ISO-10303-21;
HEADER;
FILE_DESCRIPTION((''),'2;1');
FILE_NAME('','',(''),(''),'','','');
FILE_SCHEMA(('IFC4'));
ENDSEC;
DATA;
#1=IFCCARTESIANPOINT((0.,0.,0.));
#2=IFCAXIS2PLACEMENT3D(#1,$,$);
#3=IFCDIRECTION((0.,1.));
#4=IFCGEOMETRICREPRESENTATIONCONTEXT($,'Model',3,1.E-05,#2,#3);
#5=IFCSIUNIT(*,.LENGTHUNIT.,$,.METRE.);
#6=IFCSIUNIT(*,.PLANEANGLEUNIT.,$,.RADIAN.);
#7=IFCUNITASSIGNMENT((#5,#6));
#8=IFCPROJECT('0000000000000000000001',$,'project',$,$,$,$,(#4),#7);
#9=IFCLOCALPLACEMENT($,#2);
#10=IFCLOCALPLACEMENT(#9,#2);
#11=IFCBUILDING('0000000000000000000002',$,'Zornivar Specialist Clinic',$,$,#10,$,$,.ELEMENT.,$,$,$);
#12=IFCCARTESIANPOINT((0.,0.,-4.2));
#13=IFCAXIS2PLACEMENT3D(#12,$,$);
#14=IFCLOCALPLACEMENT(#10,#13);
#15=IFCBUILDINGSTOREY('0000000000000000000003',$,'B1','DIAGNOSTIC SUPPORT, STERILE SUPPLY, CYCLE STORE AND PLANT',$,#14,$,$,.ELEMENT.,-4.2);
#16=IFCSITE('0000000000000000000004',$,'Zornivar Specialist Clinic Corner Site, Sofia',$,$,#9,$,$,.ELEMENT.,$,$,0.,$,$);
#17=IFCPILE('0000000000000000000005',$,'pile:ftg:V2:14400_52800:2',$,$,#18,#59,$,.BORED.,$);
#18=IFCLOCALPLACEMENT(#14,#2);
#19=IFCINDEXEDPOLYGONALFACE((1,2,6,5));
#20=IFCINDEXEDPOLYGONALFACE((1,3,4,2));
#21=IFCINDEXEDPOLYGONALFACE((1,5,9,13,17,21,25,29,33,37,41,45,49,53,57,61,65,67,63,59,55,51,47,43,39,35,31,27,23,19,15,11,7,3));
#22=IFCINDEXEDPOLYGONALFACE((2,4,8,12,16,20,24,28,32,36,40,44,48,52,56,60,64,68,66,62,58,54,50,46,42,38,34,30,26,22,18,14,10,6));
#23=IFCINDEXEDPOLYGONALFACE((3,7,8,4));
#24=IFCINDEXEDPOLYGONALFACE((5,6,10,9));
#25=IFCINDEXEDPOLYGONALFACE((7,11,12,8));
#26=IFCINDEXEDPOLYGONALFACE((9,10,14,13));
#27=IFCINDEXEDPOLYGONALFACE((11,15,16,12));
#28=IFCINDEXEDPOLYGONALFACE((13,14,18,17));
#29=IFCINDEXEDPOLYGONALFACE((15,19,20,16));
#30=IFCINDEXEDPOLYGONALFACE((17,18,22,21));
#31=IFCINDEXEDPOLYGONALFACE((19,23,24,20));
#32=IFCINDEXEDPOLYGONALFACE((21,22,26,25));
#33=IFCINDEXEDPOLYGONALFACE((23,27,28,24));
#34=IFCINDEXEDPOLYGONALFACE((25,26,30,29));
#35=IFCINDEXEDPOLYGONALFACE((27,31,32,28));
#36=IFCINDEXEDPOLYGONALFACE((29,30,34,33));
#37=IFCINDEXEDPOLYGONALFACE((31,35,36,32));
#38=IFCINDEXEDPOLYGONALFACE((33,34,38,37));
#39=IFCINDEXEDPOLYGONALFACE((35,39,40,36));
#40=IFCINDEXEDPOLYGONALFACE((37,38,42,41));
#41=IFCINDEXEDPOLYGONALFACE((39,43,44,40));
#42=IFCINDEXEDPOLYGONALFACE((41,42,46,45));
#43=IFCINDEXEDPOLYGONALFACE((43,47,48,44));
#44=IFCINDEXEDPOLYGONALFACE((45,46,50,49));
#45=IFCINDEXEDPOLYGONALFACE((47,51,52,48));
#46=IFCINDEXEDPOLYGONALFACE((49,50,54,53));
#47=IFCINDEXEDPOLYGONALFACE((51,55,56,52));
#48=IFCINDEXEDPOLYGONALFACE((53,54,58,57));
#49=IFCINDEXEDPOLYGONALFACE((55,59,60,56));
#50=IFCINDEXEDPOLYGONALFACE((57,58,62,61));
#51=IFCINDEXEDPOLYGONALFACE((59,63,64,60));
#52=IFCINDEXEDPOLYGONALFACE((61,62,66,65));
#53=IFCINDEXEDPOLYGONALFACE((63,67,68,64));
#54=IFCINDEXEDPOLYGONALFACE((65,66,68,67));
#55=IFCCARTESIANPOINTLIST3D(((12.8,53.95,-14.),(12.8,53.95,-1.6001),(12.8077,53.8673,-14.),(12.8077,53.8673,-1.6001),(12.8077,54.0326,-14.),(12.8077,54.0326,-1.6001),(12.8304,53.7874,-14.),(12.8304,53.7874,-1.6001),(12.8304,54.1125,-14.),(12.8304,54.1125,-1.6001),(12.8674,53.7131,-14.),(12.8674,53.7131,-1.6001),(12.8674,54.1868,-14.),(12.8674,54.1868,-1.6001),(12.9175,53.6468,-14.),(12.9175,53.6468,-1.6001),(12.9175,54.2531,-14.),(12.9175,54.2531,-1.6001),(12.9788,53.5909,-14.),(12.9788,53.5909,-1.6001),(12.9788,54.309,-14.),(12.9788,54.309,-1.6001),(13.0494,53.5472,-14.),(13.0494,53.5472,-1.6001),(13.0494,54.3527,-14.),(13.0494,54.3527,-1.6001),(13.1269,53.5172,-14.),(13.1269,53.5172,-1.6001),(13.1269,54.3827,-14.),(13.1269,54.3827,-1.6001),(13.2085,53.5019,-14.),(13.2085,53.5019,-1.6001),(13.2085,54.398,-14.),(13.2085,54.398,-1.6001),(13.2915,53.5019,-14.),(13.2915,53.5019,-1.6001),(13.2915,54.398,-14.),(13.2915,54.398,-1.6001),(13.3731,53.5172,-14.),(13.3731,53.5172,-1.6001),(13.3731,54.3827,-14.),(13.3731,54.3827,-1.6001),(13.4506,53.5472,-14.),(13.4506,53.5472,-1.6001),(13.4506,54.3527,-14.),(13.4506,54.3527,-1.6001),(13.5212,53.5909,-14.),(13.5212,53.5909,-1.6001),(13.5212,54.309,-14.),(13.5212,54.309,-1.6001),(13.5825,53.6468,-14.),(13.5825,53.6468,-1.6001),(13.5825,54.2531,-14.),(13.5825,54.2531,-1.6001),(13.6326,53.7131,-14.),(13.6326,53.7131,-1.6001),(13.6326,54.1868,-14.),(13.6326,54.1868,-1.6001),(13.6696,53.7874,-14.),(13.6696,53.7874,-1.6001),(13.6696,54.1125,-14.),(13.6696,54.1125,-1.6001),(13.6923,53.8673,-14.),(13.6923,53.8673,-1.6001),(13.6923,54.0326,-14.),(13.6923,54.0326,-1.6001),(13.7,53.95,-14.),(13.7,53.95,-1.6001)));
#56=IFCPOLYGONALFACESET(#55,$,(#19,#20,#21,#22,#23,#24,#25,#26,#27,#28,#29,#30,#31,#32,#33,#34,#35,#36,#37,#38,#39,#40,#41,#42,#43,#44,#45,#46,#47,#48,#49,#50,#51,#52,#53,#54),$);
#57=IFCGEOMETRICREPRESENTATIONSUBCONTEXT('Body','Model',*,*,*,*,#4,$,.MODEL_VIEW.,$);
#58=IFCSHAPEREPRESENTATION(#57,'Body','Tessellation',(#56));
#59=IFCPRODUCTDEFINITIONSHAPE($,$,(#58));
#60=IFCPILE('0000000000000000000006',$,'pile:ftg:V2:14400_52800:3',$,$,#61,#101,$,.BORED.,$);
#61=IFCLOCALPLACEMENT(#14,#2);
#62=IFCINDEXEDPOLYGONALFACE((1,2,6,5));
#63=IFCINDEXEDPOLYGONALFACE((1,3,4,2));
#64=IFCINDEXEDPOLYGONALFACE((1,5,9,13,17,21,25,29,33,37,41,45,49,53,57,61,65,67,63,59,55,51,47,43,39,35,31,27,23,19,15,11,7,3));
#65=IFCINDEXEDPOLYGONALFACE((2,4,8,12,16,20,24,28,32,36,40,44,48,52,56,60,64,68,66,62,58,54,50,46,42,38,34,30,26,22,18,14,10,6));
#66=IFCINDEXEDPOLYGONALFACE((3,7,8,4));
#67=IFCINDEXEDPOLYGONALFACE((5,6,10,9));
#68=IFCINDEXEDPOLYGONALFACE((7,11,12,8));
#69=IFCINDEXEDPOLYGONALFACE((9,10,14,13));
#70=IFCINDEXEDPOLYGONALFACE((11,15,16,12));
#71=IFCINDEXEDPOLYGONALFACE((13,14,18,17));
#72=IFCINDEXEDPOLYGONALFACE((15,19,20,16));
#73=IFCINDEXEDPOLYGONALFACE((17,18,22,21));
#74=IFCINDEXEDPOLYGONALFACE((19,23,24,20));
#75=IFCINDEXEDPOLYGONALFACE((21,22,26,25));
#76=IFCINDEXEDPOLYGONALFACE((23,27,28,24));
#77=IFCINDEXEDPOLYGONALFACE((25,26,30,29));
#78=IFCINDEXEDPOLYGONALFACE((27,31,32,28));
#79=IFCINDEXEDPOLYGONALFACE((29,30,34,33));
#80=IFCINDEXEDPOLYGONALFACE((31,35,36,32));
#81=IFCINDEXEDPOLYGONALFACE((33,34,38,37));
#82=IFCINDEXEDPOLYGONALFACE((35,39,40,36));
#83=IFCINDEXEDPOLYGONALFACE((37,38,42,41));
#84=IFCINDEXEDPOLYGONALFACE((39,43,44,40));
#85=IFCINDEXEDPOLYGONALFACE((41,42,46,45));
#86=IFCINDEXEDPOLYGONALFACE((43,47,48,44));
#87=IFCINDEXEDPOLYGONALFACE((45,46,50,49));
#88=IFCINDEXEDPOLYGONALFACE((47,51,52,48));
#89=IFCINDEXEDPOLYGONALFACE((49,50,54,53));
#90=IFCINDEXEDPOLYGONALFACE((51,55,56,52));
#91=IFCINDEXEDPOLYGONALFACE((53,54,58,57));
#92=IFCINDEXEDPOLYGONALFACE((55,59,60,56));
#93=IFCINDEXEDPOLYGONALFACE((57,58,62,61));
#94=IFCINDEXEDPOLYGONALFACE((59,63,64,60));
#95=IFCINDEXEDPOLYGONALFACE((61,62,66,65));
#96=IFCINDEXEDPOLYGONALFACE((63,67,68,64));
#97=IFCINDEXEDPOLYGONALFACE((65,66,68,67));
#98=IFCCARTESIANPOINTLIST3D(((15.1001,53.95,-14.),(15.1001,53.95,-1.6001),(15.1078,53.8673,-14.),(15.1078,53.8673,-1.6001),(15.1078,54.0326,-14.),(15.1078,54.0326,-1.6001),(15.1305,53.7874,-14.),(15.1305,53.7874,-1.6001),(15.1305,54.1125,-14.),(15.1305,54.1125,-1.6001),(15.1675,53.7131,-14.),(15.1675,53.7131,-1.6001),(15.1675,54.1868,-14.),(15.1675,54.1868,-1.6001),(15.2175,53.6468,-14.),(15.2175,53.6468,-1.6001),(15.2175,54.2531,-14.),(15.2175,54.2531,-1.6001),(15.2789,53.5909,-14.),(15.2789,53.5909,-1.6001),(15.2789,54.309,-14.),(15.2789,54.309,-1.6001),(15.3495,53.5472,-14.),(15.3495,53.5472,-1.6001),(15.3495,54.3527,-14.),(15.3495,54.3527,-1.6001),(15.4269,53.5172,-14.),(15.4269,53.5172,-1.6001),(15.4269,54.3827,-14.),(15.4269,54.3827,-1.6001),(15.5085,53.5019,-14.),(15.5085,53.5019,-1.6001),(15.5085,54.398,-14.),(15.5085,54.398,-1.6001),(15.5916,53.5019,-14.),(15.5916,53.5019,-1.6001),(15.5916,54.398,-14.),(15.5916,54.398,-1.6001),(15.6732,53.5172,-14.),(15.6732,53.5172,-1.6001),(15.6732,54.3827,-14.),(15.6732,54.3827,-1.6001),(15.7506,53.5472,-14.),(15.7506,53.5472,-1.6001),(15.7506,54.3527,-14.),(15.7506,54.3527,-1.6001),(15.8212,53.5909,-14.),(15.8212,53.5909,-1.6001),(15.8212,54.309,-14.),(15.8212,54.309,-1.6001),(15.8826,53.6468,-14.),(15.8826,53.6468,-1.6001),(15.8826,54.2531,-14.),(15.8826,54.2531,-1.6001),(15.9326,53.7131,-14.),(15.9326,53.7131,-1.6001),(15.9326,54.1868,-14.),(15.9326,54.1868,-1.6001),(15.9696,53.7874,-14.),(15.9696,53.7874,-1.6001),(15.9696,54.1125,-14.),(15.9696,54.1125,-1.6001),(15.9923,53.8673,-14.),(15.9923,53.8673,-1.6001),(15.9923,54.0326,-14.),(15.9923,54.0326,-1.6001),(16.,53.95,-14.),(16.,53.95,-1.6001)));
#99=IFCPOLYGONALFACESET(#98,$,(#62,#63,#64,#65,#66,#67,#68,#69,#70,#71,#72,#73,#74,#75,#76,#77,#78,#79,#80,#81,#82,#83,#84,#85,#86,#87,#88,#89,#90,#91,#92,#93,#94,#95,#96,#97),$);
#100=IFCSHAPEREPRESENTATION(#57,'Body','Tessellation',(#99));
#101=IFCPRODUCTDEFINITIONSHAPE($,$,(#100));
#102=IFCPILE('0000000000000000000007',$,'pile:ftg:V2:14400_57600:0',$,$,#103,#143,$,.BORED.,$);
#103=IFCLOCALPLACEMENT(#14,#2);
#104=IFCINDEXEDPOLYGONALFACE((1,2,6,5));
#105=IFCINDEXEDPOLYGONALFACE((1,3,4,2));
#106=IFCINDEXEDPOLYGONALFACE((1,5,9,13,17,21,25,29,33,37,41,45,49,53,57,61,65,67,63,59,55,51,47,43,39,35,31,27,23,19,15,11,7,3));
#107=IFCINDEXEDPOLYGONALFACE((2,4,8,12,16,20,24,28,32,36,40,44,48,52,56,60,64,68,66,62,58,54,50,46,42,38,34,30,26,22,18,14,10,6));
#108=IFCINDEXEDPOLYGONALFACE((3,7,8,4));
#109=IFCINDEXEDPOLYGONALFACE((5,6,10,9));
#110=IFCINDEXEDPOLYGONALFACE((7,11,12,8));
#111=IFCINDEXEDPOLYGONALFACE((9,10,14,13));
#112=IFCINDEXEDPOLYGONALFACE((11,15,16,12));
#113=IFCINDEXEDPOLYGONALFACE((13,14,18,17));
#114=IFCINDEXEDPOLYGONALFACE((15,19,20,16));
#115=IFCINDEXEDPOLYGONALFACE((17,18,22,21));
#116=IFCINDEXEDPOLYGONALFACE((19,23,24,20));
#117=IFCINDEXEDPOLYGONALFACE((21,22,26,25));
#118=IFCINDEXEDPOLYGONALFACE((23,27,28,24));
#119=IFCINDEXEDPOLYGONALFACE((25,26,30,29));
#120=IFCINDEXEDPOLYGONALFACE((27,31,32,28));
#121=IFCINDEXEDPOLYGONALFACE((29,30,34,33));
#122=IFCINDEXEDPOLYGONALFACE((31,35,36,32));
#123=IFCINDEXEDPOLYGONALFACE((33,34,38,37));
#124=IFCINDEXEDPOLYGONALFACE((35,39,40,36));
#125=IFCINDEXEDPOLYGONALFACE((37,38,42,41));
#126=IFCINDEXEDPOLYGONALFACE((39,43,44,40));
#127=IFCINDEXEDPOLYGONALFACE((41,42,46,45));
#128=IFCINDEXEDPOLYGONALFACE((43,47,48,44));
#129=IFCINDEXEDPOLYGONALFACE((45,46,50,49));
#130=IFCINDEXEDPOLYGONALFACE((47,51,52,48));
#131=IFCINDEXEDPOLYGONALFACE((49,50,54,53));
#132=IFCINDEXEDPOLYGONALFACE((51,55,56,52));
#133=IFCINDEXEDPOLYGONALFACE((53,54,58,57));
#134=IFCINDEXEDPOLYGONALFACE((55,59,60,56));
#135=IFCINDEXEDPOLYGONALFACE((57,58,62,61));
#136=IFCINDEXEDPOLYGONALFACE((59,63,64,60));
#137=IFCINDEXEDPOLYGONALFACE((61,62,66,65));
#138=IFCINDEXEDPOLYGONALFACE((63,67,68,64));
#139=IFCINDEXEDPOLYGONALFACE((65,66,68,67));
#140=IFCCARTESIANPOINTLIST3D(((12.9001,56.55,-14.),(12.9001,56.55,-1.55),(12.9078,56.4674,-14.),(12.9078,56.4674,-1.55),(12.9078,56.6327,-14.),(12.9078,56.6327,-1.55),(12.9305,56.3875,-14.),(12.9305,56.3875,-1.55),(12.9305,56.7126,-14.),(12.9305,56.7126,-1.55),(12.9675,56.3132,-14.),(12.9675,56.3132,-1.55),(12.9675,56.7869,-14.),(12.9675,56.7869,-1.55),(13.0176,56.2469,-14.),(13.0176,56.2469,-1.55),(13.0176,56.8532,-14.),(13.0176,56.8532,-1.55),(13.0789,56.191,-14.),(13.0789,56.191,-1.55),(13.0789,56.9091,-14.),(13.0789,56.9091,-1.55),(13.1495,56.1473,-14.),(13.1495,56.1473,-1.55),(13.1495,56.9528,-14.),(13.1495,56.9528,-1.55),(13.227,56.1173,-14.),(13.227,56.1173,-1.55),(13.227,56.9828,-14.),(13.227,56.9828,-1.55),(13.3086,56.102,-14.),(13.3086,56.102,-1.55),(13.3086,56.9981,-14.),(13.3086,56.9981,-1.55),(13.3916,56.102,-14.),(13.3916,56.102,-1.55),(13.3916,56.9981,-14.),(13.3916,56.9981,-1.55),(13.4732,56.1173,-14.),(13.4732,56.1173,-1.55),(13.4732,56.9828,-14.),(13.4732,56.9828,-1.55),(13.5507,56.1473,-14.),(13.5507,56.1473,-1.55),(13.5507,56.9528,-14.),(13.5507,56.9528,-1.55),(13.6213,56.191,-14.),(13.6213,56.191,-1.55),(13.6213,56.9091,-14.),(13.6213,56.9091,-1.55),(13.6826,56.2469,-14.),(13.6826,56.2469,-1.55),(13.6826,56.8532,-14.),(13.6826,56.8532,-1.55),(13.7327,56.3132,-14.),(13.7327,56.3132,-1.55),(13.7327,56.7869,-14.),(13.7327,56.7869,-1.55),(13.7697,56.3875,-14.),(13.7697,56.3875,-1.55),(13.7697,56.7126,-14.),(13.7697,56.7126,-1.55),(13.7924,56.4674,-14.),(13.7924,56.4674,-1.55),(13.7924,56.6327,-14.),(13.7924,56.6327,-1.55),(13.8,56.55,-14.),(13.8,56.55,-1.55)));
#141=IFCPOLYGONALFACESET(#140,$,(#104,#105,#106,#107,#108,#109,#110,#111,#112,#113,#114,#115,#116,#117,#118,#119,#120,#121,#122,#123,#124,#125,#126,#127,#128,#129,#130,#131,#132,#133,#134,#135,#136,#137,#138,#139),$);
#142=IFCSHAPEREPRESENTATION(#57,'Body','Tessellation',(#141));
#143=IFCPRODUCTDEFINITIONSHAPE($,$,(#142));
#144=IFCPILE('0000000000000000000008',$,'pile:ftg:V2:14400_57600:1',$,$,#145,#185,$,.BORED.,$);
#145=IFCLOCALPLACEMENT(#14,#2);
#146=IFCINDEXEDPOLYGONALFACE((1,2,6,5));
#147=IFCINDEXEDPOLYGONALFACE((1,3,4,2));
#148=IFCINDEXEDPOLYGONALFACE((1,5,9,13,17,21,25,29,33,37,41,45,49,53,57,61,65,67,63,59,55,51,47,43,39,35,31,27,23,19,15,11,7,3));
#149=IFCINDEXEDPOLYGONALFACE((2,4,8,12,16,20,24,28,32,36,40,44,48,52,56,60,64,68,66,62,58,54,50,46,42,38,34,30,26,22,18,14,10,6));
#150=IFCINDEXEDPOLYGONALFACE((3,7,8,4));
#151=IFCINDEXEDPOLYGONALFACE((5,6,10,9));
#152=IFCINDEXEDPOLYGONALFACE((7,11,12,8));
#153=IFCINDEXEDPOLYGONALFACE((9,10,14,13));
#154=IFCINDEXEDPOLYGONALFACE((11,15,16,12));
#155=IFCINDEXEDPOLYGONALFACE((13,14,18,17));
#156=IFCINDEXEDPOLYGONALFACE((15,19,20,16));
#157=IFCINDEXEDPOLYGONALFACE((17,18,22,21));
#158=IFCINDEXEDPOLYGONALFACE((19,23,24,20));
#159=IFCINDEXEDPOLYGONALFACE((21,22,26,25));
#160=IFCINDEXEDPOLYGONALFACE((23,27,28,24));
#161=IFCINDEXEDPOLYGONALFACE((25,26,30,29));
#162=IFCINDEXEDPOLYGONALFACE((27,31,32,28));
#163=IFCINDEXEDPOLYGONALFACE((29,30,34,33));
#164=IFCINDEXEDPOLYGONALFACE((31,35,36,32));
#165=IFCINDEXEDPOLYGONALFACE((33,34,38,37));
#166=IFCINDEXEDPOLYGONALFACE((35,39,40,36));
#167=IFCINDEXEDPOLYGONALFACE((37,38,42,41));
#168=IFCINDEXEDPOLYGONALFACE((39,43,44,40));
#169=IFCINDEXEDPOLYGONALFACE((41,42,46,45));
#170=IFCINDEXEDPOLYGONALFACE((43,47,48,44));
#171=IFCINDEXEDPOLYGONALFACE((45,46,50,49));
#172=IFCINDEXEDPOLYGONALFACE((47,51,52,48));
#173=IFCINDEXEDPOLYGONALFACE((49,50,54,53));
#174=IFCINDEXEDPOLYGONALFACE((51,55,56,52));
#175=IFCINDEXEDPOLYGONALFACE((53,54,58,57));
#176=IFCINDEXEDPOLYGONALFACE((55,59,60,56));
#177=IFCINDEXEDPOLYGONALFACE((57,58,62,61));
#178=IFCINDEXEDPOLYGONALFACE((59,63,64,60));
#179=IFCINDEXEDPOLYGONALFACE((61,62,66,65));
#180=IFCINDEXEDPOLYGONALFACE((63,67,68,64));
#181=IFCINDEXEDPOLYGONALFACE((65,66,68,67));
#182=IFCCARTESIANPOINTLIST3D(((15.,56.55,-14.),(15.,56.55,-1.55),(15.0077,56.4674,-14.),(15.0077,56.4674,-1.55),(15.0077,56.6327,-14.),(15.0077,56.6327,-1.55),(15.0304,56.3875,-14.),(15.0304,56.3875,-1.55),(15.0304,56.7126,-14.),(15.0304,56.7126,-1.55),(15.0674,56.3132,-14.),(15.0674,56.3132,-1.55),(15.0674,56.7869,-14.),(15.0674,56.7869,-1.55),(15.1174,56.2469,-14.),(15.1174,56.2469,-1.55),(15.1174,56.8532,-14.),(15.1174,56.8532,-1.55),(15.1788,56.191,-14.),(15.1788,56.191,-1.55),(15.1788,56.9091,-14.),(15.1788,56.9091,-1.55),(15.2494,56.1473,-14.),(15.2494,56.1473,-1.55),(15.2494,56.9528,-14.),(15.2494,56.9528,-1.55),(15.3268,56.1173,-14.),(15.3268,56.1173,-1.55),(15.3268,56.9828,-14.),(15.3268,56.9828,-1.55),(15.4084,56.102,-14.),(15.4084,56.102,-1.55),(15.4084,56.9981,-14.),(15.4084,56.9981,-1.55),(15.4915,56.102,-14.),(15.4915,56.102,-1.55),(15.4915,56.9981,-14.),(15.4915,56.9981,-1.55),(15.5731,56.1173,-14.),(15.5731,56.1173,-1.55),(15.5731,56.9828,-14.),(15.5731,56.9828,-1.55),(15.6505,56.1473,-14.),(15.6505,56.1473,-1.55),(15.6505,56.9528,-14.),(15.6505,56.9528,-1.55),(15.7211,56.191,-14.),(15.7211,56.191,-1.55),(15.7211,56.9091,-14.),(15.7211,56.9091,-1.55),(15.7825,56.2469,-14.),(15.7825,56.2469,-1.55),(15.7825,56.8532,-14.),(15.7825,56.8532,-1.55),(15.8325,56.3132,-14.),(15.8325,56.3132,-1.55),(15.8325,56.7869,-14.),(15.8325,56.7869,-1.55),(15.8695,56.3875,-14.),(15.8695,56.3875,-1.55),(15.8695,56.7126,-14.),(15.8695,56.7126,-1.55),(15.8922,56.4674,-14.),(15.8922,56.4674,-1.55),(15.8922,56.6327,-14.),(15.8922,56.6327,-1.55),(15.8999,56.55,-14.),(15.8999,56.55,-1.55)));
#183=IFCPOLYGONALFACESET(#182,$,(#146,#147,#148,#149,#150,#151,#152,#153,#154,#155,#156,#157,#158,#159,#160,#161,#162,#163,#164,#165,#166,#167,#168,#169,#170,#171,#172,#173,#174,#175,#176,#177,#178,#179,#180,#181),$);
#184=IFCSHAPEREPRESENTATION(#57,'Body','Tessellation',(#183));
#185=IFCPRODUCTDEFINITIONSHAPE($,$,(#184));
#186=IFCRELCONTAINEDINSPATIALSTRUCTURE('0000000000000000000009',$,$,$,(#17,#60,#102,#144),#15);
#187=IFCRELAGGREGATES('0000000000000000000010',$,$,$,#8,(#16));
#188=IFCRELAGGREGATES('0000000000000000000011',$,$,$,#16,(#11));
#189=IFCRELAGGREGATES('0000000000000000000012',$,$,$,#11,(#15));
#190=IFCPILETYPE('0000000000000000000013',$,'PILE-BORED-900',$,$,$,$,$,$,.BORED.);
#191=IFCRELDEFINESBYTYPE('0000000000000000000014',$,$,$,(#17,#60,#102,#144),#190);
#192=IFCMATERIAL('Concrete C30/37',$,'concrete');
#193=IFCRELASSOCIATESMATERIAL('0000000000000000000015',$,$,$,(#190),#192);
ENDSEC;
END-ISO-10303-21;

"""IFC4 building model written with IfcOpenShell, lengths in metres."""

from ifc_helpers import new_model, si_unit, direction, frame, origin, origin_2d, place, context, subcontext, project, spatial, circle, extrude, material, material_profile, profile_set, type_object, element, save


model = new_model("IFC4")

# Units and contexts
model_context = context("Model", 3, precision=1e-05, world=origin(), true_north=direction((0.0, 1.0)))
body_context = subcontext(model_context, "Body", "Model", "MODEL_VIEW")
ifc_project = project(units=[si_unit("LENGTHUNIT", "METRE"), si_unit("PLANEANGLEUNIT", "RADIAN")], contexts=[model_context])

# Site, building, storey
site_placement = place(None, origin())
site = spatial("IfcSite", under=ifc_project, at=site_placement, Name="Zornivar Specialist Clinic Corner Site, Sofia", CompositionType="ELEMENT", RefElevation=0.0)
building_placement = place(site_placement, origin())
building = spatial("IfcBuilding", under=site, at=building_placement, Name="Zornivar Specialist Clinic", CompositionType="ELEMENT")
storey_placement = place(building_placement, frame((0.0, 0.0, -4.2)))
storey = spatial("IfcBuildingStorey", under=building, at=storey_placement, Name="B1", Description="DIAGNOSTIC SUPPORT, STERILE SUPPLY, CYCLE STORE AND PLANT", CompositionType="ELEMENT", Elevation=-4.2)

# Piles
ifc_material_1 = material(Name="Concrete C30/37", Category="concrete")
ifc_material_profile_1 = material_profile(ifc_material_1, circle(Radius=0.45, at=origin_2d()), Name="PILE D900")
ifc_profile_set_1 = profile_set([ifc_material_profile_1], Name="Concrete C30/37")
pile_type = type_object("IfcPileType", Name="PILE-BORED-900", PredefinedType="BORED", material=ifc_profile_set_1)
for number, where, z_axis, x_axis, name in (
    (1, (13.25, 53.95, -1.6001), (0.0, 0.0, -1.0), (1.0, 0.0, 0.0), "pile:ftg:V2:14400_52800:2"),
    (2, (15.55, 53.95, -1.6001), (0.0, 0.0, -1.0), (1.0, 0.0, 0.0), "pile:ftg:V2:14400_52800:3"),
):
    element("IfcPile", number, at=place(storey_placement, frame(where, z_axis=z_axis, x_axis=x_axis)), inside=storey, type_object=pile_type, Name=name, PredefinedType="BORED", context=body_context, shape_type="SweptSolid", body=[
        extrude(circle(Radius=0.45, at=origin_2d()), origin(), (0.0, 0.0, 1.0), 12.3999),
    ])
for number, where, z_axis, x_axis, name in (
    (3, (13.3501, 56.55, -1.55), (0.0, 0.0, -1.0), (1.0, 0.0, 0.0), "pile:ftg:V2:14400_57600:0"),
    (4, (15.45, 56.55, -1.55), (0.0, 0.0, -1.0), (1.0, 0.0, 0.0), "pile:ftg:V2:14400_57600:1"),
):
    element("IfcPile", number, at=place(storey_placement, frame(where, z_axis=z_axis, x_axis=x_axis)), inside=storey, type_object=pile_type, Name=name, PredefinedType="BORED", context=body_context, shape_type="SweptSolid", body=[
        extrude(circle(Radius=0.45, at=origin_2d()), origin(), (0.0, 0.0, 1.0), 12.45),
    ])

save(model, "model.ifc")
